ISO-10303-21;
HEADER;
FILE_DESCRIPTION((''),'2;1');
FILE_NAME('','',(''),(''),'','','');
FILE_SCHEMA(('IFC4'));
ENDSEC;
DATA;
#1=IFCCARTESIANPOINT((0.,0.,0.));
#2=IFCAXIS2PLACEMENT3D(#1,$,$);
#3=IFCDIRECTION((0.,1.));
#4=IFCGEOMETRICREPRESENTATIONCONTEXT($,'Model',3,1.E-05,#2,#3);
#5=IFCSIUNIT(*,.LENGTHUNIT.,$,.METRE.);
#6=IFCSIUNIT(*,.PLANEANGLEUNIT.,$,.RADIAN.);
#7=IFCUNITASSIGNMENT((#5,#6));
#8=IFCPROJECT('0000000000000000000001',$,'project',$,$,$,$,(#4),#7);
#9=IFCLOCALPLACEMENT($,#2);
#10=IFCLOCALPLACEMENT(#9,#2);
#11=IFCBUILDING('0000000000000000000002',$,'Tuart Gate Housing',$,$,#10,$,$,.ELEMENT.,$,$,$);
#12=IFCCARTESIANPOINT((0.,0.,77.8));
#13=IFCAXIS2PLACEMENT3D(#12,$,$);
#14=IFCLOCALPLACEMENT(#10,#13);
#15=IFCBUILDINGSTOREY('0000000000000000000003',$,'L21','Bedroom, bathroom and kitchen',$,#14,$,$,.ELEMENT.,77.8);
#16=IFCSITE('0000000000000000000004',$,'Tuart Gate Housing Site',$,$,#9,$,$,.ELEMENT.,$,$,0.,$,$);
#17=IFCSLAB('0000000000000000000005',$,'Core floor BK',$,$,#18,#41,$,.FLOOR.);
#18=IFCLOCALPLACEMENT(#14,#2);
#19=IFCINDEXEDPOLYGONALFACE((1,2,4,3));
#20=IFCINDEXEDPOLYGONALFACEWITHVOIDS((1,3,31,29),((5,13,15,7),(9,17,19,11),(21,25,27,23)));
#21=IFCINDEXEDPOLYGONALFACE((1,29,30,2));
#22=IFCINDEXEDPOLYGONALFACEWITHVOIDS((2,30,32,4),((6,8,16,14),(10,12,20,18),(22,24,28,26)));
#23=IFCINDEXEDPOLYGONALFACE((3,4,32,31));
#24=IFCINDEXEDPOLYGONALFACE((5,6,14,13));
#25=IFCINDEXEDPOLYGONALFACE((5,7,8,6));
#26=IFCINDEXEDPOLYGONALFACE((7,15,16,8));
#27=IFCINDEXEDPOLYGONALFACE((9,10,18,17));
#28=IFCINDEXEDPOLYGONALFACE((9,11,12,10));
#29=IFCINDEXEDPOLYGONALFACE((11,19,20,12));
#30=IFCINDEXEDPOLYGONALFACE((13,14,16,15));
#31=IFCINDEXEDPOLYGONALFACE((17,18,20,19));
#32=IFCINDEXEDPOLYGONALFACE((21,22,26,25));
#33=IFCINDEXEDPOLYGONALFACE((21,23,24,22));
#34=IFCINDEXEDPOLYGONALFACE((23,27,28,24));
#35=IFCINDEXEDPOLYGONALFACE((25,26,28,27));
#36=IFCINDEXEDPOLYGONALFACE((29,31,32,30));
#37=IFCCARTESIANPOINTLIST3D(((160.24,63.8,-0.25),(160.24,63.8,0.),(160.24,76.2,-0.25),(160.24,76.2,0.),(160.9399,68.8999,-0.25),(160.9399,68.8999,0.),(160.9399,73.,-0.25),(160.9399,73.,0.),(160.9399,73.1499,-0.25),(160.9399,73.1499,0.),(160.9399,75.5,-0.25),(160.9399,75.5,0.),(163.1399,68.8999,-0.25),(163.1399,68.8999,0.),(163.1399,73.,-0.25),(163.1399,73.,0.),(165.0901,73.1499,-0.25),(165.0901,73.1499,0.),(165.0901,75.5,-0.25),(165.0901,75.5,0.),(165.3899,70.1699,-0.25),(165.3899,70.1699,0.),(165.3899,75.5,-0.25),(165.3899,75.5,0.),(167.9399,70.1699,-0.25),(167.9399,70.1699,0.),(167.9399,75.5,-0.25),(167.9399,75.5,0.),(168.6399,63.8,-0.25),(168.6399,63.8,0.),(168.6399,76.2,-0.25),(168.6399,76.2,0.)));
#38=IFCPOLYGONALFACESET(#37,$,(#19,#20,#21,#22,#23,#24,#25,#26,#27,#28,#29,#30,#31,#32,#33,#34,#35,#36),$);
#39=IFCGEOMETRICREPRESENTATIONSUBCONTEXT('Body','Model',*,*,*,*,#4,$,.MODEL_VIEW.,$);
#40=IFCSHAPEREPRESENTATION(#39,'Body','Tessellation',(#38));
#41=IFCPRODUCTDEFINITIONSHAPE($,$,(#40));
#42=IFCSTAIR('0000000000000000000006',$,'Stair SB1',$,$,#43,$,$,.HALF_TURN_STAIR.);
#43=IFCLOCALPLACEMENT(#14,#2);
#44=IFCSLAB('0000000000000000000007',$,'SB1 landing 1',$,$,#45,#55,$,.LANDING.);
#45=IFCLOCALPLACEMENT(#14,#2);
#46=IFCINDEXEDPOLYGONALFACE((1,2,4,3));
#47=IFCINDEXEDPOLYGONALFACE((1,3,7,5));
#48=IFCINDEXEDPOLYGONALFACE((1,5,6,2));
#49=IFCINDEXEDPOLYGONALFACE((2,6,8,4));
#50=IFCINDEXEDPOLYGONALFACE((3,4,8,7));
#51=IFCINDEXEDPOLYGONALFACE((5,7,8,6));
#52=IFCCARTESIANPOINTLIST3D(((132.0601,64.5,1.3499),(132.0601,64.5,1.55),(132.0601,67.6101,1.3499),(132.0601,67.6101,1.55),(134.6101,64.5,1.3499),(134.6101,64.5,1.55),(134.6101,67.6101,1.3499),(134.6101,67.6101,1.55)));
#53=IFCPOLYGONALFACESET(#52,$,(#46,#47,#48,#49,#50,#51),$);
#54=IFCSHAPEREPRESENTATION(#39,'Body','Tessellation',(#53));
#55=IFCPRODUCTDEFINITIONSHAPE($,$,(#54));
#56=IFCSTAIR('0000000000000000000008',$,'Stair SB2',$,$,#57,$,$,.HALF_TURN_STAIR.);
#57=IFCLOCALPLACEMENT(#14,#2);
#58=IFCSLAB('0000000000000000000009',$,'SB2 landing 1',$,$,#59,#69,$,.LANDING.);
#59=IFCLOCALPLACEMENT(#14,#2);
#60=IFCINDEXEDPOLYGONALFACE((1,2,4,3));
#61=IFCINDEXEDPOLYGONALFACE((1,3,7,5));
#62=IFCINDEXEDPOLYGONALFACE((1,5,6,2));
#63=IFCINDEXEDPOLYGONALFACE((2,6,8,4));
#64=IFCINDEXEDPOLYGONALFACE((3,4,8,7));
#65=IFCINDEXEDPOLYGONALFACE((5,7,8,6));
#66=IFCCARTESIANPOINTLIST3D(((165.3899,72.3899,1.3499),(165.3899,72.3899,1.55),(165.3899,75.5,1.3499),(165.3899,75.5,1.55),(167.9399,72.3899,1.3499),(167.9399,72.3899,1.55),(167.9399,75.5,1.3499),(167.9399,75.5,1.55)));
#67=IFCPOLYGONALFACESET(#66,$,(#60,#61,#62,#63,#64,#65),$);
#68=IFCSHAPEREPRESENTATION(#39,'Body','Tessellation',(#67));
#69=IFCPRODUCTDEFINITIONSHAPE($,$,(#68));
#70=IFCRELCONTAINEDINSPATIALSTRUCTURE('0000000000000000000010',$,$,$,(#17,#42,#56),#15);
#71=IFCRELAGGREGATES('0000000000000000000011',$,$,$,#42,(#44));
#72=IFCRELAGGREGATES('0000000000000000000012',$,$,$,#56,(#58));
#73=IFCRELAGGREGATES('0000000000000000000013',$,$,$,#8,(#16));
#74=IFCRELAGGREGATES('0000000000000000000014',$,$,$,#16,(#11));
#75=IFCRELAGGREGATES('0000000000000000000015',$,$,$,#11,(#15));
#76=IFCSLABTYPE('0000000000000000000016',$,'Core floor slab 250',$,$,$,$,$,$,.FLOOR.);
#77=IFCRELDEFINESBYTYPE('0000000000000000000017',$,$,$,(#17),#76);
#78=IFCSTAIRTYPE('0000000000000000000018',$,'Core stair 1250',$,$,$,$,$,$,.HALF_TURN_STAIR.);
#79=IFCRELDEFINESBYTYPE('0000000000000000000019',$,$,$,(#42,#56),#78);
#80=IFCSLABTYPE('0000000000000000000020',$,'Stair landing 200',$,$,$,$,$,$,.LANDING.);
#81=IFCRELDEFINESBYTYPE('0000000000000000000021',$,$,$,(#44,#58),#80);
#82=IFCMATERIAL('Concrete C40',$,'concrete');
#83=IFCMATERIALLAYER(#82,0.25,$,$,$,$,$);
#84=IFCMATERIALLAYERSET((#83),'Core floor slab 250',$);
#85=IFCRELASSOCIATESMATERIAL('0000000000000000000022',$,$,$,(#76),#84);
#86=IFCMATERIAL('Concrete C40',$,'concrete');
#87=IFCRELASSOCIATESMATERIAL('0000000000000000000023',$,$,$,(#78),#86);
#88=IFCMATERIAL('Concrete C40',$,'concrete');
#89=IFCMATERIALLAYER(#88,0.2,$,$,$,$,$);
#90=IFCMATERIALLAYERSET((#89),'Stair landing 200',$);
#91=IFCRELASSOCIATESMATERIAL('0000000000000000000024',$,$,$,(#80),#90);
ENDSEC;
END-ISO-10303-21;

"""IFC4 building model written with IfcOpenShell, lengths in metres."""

from ifc_helpers import new_model, si_unit, direction, frame, origin, place, context, subcontext, project, spatial, polyline, outline, extrude, material, layer, layer_set, type_object, element, aggregate, save


model = new_model("IFC4")

# Units and contexts
model_context = context("Model", 3, precision=1e-05, world=origin(), true_north=direction((0.0, 1.0)))
body_context = subcontext(model_context, "Body", "Model", "MODEL_VIEW")
ifc_project = project(units=[si_unit("LENGTHUNIT", "METRE"), si_unit("PLANEANGLEUNIT", "RADIAN")], contexts=[model_context])

# Site, building, storey
site_placement = place(None, origin())
site = spatial("IfcSite", under=ifc_project, at=site_placement, Name="Tuart Gate Housing Site", CompositionType="ELEMENT", RefElevation=0.0)
building_placement = place(site_placement, origin())
building = spatial("IfcBuilding", under=site, at=building_placement, Name="Tuart Gate Housing", CompositionType="ELEMENT")
storey_placement = place(building_placement, frame((0.0, 0.0, 77.8)))
storey = spatial("IfcBuildingStorey", under=building, at=storey_placement, Name="L21", Description="Bedroom, bathroom and kitchen", CompositionType="ELEMENT", Elevation=77.8)

# Slab
ifc_material_1 = material(Name="Concrete C40", Category="concrete")
ifc_layer_1 = layer(ifc_material_1, 0.25)
ifc_layer_set_1 = layer_set([ifc_layer_1], Name="Core floor slab 250")
slab_type_1 = type_object("IfcSlabType", Name="Core floor slab 250", PredefinedType="FLOOR", material=ifc_layer_set_1)
slab_1_placement = place(storey_placement, frame((0.0, 0.0, -0.25)))
element("IfcSlab", 1, at=slab_1_placement, inside=storey, type_object=slab_type_1, Name="Core floor BK", PredefinedType="FLOOR", context=body_context, shape_type="SweptSolid", body=[
    extrude(outline(polyline([(160.24, 63.8), (168.6399, 63.8), (168.6399, 76.2), (160.24, 76.2), (160.24, 63.8)]), holes=[polyline([(160.9399, 73.1499), (165.0901, 73.1499), (165.0901, 75.5), (160.9399, 75.5), (160.9399, 73.1499)]), polyline([(160.9399, 68.8999), (163.1399, 68.8999), (163.1399, 73.0), (160.9399, 73.0), (160.9399, 68.8999)]), polyline([(165.3899, 70.1699), (167.9399, 70.1699), (167.9399, 75.5), (165.3899, 75.5), (165.3899, 70.1699)])]), origin(), (0.0, 0.0, 1.0), 0.25),
])

# Stairs, slabs
ifc_material_2 = material(Name="Concrete C40", Category="concrete")
stair_type = type_object("IfcStairType", Name="Core stair 1250", PredefinedType="HALF_TURN_STAIR", material=ifc_material_2)
stair_1_placement = place(storey_placement, origin())
stair_1 = element("IfcStair", 2, at=stair_1_placement, inside=storey, type_object=stair_type, Name="Stair SB1", PredefinedType="HALF_TURN_STAIR")
ifc_material_3 = material(Name="Concrete C40", Category="concrete")
ifc_layer_2 = layer(ifc_material_3, 0.2)
ifc_layer_set_2 = layer_set([ifc_layer_2], Name="Stair landing 200")
slab_type_2 = type_object("IfcSlabType", Name="Stair landing 200", PredefinedType="LANDING", material=ifc_layer_set_2)
slab_2_placement = place(storey_placement, frame((0.0, 0.0, 1.3499)))
slab_2 = element("IfcSlab", 3, at=slab_2_placement, type_object=slab_type_2, Name="SB1 landing 1", PredefinedType="LANDING", context=body_context, shape_type="SweptSolid", body=[
    extrude(outline(polyline([(134.6101, 67.6101), (132.0601, 67.6101), (132.0601, 64.5), (134.6101, 64.5), (134.6101, 67.6101)])), origin(), (0.0, 0.0, 1.0), 0.2002),
])
aggregate(stair_1, [slab_2])
stair_2_placement = place(storey_placement, origin())
stair_2 = element("IfcStair", 4, at=stair_2_placement, inside=storey, type_object=stair_type, Name="Stair SB2", PredefinedType="HALF_TURN_STAIR")
slab_3_placement = place(storey_placement, frame((0.0, 0.0, 1.3499)))
slab_3 = element("IfcSlab", 5, at=slab_3_placement, type_object=slab_type_2, Name="SB2 landing 1", PredefinedType="LANDING", context=body_context, shape_type="SweptSolid", body=[
    extrude(outline(polyline([(165.3899, 72.3899), (167.9399, 72.3899), (167.9399, 75.5), (165.3899, 75.5), (165.3899, 72.3899)])), origin(), (0.0, 0.0, 1.0), 0.2002),
])
aggregate(stair_2, [slab_3])

save(model, "model.ifc")
